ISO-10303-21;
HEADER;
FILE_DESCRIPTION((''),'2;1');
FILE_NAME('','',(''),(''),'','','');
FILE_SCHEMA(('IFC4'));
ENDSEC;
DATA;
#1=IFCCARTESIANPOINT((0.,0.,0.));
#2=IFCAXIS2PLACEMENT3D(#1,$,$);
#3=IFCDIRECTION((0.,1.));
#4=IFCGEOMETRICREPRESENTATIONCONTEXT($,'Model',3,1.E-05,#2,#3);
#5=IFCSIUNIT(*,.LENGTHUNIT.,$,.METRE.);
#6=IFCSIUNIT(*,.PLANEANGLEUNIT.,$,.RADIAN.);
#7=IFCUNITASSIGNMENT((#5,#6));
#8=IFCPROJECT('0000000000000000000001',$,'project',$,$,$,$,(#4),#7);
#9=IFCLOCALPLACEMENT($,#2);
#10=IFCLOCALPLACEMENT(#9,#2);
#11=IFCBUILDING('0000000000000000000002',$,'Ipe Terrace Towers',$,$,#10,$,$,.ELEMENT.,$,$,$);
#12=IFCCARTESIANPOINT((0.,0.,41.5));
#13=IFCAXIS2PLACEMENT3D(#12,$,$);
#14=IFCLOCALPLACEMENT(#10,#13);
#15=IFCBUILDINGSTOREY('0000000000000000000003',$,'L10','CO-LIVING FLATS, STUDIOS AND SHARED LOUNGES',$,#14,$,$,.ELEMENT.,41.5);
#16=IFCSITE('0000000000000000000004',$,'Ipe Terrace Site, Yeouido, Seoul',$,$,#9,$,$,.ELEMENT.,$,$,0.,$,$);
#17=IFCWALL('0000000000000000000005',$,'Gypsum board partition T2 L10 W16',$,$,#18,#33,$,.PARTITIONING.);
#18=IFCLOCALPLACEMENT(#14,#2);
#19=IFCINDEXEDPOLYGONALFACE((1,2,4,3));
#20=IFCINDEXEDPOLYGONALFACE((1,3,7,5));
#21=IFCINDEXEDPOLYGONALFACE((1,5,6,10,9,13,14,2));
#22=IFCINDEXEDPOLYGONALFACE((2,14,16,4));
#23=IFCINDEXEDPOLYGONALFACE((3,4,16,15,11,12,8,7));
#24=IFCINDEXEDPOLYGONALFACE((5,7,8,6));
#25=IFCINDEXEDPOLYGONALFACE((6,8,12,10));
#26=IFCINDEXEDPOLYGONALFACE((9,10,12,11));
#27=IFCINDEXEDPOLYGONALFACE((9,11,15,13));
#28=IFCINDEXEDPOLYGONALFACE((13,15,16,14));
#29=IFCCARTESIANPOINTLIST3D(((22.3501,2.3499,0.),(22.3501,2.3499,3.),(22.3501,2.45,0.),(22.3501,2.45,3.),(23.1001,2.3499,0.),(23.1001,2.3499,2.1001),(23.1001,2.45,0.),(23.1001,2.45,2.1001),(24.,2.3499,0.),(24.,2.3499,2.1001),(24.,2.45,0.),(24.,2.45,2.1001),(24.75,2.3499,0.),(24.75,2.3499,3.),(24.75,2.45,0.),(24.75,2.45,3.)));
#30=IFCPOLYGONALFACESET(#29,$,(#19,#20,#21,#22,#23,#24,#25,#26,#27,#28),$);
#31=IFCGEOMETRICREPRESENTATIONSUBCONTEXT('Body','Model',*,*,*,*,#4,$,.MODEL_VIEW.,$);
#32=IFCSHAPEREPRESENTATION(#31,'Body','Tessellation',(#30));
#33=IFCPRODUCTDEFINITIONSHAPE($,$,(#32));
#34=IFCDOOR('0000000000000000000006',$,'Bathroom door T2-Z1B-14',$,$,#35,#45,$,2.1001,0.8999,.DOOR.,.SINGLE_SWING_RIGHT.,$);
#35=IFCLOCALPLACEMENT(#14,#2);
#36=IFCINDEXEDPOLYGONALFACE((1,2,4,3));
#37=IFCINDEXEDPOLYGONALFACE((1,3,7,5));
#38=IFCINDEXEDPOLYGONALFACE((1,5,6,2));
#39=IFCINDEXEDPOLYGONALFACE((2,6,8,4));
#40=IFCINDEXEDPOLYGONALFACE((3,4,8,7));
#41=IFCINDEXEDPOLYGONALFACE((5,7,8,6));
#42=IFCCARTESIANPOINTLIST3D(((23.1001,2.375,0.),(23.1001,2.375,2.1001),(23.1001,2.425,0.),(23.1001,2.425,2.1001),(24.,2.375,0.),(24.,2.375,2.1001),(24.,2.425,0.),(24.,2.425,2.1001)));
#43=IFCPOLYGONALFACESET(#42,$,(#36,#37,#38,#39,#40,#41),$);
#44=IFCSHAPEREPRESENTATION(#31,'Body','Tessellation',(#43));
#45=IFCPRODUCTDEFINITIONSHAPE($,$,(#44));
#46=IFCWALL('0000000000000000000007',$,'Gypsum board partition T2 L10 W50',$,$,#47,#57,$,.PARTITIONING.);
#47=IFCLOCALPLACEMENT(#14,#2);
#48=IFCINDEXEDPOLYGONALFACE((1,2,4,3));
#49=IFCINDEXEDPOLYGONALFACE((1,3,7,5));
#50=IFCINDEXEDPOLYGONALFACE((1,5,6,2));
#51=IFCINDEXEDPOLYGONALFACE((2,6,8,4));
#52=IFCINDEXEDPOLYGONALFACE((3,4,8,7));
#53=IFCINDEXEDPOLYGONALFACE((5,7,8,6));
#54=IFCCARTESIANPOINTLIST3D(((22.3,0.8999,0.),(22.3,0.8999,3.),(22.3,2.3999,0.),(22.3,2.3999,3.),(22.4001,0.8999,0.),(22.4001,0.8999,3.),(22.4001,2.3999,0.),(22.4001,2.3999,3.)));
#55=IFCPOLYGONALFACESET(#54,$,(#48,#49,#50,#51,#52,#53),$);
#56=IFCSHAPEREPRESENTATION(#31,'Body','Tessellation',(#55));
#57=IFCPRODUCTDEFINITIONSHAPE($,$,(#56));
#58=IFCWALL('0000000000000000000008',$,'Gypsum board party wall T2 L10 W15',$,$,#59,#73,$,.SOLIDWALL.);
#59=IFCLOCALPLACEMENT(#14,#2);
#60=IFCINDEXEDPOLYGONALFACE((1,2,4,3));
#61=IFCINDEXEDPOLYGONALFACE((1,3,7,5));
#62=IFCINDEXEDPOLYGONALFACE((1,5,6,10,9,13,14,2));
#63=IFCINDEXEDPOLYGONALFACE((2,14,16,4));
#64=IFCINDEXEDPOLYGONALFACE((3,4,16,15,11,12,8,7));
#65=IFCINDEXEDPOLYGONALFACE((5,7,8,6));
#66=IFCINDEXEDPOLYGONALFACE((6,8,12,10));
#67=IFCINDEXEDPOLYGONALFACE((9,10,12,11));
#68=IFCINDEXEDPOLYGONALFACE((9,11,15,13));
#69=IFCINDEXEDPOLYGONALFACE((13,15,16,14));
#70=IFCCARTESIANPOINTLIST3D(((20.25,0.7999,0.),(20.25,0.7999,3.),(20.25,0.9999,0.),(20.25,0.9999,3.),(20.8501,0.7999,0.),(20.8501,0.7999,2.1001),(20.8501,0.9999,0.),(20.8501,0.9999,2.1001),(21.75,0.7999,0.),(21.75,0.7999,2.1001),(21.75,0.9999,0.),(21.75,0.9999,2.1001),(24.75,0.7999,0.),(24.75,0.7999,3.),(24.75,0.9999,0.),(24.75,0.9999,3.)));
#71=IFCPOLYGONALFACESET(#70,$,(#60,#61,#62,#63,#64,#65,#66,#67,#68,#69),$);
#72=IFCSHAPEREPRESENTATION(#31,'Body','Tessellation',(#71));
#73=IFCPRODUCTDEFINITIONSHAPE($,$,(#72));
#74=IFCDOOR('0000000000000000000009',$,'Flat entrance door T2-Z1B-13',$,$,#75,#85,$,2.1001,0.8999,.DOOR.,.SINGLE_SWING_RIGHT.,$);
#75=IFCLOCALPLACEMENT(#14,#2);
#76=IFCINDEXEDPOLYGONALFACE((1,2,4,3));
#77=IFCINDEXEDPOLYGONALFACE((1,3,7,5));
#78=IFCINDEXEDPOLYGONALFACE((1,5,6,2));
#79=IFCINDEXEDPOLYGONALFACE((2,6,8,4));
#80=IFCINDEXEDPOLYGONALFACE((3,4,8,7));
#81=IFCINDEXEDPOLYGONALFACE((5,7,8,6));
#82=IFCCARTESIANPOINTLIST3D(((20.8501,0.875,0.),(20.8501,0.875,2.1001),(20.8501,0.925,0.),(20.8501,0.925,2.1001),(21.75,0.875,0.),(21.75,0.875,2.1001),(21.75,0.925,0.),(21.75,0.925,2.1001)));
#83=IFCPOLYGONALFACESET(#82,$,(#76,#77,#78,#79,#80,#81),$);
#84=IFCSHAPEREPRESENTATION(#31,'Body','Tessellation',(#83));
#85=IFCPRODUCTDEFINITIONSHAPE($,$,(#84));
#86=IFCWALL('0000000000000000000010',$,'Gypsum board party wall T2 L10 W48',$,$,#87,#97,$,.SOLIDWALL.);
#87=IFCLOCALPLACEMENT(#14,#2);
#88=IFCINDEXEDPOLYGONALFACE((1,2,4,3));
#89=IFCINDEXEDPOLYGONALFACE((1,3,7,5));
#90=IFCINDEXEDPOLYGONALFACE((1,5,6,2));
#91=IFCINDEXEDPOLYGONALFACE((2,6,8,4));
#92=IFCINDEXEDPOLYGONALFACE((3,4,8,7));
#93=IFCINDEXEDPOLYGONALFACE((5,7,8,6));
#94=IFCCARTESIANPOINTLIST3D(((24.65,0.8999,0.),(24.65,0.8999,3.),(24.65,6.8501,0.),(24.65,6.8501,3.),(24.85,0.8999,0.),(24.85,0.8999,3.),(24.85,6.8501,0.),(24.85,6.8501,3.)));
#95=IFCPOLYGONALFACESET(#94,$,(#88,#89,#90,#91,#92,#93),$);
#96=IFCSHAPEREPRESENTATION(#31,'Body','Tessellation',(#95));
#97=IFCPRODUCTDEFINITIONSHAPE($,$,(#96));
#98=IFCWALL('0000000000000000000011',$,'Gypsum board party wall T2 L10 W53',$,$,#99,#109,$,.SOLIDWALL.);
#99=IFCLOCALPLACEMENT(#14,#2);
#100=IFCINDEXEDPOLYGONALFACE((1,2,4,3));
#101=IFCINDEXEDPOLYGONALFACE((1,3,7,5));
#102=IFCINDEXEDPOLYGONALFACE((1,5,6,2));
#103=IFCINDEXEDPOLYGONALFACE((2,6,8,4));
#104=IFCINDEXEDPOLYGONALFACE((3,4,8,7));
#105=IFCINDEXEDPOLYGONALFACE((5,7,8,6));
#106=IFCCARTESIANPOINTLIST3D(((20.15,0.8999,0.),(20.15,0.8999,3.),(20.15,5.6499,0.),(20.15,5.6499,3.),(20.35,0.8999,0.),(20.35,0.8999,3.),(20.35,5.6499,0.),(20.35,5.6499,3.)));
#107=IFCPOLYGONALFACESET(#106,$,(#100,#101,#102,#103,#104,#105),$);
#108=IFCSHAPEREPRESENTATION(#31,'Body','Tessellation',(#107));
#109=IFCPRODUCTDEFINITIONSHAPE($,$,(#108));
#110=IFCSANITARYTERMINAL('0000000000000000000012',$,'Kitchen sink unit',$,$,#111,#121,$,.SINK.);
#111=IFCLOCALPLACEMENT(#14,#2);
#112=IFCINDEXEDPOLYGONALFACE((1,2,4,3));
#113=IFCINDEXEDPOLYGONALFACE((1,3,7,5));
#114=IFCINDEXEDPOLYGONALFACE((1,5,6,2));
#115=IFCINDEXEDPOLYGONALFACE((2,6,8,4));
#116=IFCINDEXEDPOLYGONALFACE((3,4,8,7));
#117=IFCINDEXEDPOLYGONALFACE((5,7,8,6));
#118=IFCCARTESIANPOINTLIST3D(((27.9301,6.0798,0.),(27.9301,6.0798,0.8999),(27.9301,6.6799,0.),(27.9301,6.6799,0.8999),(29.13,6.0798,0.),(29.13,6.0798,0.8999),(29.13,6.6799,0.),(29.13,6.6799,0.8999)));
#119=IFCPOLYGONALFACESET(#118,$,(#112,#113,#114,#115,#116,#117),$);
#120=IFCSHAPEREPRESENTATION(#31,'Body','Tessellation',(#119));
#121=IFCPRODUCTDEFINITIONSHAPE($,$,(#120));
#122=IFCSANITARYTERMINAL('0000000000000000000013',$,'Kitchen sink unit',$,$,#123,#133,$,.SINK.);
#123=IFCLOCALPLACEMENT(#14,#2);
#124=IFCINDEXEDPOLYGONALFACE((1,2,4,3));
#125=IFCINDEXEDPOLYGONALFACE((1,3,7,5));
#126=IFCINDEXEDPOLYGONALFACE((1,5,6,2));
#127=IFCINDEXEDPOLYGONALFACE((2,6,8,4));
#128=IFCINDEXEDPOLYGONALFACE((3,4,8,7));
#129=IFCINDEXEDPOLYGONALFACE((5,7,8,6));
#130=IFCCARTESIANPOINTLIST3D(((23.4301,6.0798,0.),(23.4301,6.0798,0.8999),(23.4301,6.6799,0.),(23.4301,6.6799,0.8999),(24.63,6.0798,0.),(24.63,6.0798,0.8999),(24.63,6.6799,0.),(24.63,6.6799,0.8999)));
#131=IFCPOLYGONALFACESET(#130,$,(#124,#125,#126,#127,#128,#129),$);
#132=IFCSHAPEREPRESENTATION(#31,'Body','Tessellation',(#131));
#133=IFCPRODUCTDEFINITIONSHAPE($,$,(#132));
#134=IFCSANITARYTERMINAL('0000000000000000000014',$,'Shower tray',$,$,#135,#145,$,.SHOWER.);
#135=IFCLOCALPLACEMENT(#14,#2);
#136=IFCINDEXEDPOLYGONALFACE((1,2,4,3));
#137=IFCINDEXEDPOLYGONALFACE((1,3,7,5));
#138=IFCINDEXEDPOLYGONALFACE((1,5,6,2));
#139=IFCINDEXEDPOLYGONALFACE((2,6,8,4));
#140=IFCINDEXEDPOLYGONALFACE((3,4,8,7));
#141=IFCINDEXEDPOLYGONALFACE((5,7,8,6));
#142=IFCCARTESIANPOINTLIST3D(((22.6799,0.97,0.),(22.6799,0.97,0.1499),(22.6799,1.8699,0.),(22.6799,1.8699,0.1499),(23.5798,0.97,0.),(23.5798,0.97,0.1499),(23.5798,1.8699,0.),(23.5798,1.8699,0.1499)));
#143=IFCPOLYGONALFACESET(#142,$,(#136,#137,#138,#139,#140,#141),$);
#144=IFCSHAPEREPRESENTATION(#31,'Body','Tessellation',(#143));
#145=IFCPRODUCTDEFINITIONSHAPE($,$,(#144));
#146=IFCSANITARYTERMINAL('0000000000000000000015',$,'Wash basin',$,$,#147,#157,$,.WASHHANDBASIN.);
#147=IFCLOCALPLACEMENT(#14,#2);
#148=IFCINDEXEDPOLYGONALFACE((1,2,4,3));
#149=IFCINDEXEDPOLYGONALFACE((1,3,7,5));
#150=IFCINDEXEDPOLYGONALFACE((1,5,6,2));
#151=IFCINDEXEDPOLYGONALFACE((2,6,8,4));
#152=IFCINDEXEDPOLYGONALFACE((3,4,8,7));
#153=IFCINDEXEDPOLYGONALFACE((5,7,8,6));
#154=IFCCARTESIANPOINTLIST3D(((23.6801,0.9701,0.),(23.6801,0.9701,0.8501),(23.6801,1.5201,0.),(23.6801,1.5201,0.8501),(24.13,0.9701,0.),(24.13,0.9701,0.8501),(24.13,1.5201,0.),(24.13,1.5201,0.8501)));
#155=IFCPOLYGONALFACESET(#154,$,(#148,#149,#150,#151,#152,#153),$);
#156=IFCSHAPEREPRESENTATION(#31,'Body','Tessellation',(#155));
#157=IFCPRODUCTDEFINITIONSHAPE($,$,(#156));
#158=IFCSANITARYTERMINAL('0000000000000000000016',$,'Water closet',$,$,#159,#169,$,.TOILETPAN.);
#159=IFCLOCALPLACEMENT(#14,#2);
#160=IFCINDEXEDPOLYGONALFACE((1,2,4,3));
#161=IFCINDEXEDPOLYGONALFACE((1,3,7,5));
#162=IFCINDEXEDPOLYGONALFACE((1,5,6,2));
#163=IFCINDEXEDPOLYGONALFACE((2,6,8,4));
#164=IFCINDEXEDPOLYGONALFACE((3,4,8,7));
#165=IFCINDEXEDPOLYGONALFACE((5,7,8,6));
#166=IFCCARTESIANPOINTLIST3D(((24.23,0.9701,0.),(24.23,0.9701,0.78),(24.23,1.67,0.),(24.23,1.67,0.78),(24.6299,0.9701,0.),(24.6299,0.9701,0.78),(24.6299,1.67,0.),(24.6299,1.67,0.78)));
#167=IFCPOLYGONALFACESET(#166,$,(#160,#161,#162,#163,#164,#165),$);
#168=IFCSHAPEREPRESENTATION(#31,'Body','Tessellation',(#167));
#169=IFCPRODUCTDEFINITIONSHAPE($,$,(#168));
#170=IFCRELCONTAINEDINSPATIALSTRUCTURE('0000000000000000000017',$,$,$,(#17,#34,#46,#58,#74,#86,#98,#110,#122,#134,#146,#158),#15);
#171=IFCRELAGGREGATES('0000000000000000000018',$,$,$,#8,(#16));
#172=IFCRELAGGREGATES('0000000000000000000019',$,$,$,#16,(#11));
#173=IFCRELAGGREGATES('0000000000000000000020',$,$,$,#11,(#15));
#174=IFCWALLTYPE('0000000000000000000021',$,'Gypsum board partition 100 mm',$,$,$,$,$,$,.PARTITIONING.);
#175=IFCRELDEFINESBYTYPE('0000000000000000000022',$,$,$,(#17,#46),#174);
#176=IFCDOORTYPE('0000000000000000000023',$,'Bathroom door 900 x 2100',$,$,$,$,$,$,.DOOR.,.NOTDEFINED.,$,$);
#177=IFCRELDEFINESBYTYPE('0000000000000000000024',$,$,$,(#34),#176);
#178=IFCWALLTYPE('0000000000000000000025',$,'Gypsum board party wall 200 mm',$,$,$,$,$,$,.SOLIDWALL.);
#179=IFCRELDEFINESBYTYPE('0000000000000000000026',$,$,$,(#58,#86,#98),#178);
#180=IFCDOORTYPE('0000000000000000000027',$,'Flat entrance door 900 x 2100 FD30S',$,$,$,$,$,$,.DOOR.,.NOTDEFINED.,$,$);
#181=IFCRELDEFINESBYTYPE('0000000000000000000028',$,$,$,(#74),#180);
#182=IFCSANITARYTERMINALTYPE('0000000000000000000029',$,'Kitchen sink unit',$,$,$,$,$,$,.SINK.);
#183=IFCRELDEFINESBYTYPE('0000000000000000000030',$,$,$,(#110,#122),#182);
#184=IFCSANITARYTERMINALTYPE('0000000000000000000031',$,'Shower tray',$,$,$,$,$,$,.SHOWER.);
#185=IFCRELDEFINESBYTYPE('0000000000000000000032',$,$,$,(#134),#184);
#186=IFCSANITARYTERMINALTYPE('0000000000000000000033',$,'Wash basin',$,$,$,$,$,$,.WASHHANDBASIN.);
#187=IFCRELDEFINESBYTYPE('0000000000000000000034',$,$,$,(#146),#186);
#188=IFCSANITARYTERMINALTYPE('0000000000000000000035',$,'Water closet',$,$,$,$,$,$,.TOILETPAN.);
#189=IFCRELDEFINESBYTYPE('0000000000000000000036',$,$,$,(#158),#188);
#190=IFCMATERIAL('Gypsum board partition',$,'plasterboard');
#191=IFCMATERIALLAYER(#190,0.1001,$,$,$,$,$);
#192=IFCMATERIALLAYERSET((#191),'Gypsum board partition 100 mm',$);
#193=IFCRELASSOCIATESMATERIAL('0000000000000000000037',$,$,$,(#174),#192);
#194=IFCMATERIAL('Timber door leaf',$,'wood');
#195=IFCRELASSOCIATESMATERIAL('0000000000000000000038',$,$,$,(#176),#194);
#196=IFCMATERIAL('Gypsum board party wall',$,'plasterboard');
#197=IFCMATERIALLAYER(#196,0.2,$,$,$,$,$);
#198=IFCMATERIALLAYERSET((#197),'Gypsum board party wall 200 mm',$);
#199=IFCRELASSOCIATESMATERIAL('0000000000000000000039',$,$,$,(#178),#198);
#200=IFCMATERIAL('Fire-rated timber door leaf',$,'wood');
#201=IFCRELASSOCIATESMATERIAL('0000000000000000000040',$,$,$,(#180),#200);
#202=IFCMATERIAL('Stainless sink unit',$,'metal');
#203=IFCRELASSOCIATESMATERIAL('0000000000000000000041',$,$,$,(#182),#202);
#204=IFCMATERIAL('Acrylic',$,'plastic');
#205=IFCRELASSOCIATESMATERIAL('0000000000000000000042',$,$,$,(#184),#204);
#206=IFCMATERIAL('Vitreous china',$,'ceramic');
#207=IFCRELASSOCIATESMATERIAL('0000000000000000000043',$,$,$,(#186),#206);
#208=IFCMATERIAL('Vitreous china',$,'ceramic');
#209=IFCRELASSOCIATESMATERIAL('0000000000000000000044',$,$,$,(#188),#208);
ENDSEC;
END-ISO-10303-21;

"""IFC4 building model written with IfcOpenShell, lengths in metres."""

from ifc_helpers import new_model, si_unit, direction, frame, frame_2d, origin, origin_2d, place, context, subcontext, project, spatial, rectangle, extrude, material, layer, layer_set, type_object, element, fill, save


model = new_model("IFC4")

# Units and contexts
model_context = context("Model", 3, precision=1e-05, world=origin(), true_north=direction((0.0, 1.0)))
body_context = subcontext(model_context, "Body", "Model", "MODEL_VIEW")
ifc_project = project(units=[si_unit("LENGTHUNIT", "METRE"), si_unit("PLANEANGLEUNIT", "RADIAN")], contexts=[model_context])

# Site, building, storey
site_placement = place(None, origin())
site = spatial("IfcSite", under=ifc_project, at=site_placement, Name="Ipe Terrace Site, Yeouido, Seoul", CompositionType="ELEMENT", RefElevation=0.0)
building_placement = place(site_placement, origin())
building = spatial("IfcBuilding", under=site, at=building_placement, Name="Ipe Terrace Towers", CompositionType="ELEMENT")
storey_placement = place(building_placement, frame((0.0, 0.0, 41.5)))
storey = spatial("IfcBuildingStorey", under=building, at=storey_placement, Name="L10", Description="CO-LIVING FLATS, STUDIOS AND SHARED LOUNGES", CompositionType="ELEMENT", Elevation=41.5)

# Wall, opening, door
ifc_material_1 = material(Name="Gypsum board partition", Category="plasterboard")
ifc_layer_1 = layer(ifc_material_1, 0.1001)
ifc_layer_set_1 = layer_set([ifc_layer_1], Name="Gypsum board partition 100 mm")
wall_type_1 = type_object("IfcWallType", Name="Gypsum board partition 100 mm", PredefinedType="PARTITIONING", material=ifc_layer_set_1)
wall_1_placement = place(storey_placement, frame((24.75, 2.3999, 0.0), z_axis=(0.0, 0.0, 1.0), x_axis=(-1.0, 0.0, 0.0)))
wall_1 = element("IfcWall", 1, at=wall_1_placement, inside=storey, type_object=wall_type_1, Name="Gypsum board partition T2 L10 W16", PredefinedType="PARTITIONING", context=body_context, shape_type="SweptSolid", body=[
    extrude(rectangle(XDim=2.3999, YDim=0.1001, at=frame_2d((1.2, 0.0))), origin(), (0.0, 0.0, 1.0), 3.0),
])
opening_1_placement = place(wall_1_placement, frame((0.75, 0.0, 0.0)))
opening_1 = element("IfcOpeningElement", 2, at=opening_1_placement, cuts=wall_1, PredefinedType="OPENING", context=body_context, shape_type="SweptSolid", body=[
    extrude(rectangle(XDim=0.8999, YDim=2.1001, at=frame_2d((0.45, 1.05))), frame((0.0, 0.0601, 0.0), z_axis=(0.0, -1.0, 0.0), x_axis=(1.0, 0.0, 0.0)), (0.0, 0.0, 1.0), 0.1201),
])
ifc_material_2 = material(Name="Timber door leaf", Category="wood")
door_type_1 = type_object("IfcDoorType", Name="Bathroom door 900 x 2100", OperationType="NOTDEFINED", PredefinedType="DOOR", material=ifc_material_2)
door_1_placement = place(opening_1_placement, origin())
door_1 = element("IfcDoor", 3, at=door_1_placement, inside=storey, type_object=door_type_1, Name="Bathroom door T2-Z1B-14", OperationType="SINGLE_SWING_RIGHT", OverallHeight=2.1001, OverallWidth=0.8999, PredefinedType="DOOR", context=body_context, shape_type="SweptSolid", body=[
    extrude(rectangle(XDim=0.8999, YDim=2.1001, at=frame_2d((0.45, 1.05))), frame((0.0, 0.0249, 0.0), z_axis=(0.0, -1.0, 0.0), x_axis=(1.0, 0.0, 0.0)), (0.0, 0.0, 1.0), 0.05),
])
fill(opening_1, door_1)

# Wall
wall_2_placement = place(storey_placement, frame((22.3501, 0.8999, 0.0), z_axis=(0.0, 0.0, 1.0), x_axis=(0.0, 1.0, 0.0)))
element("IfcWall", 4, at=wall_2_placement, inside=storey, type_object=wall_type_1, Name="Gypsum board partition T2 L10 W50", PredefinedType="PARTITIONING", context=body_context, shape_type="SweptSolid", body=[
    extrude(rectangle(XDim=1.5, YDim=0.1001, at=frame_2d((0.75, 0.0))), origin(), (0.0, 0.0, 1.0), 3.0),
])

# Wall, opening, door
ifc_material_3 = material(Name="Gypsum board party wall", Category="plasterboard")
ifc_layer_2 = layer(ifc_material_3, 0.2)
ifc_layer_set_2 = layer_set([ifc_layer_2], Name="Gypsum board party wall 200 mm")
wall_type_2 = type_object("IfcWallType", Name="Gypsum board party wall 200 mm", PredefinedType="SOLIDWALL", material=ifc_layer_set_2)
wall_3_placement = place(storey_placement, frame((24.75, 0.8999, 0.0), z_axis=(0.0, 0.0, 1.0), x_axis=(-1.0, 0.0, 0.0)))
wall_3 = element("IfcWall", 5, at=wall_3_placement, inside=storey, type_object=wall_type_2, Name="Gypsum board party wall T2 L10 W15", PredefinedType="SOLIDWALL", context=body_context, shape_type="SweptSolid", body=[
    extrude(rectangle(XDim=4.5, YDim=0.2, at=frame_2d((2.25, 0.0))), origin(), (0.0, 0.0, 1.0), 3.0),
])
opening_2_placement = place(wall_3_placement, frame((3.0, 0.0, 0.0)))
opening_2 = element("IfcOpeningElement", 6, at=opening_2_placement, cuts=wall_3, PredefinedType="OPENING", context=body_context, shape_type="SweptSolid", body=[
    extrude(rectangle(XDim=0.8999, YDim=2.1001, at=frame_2d((0.45, 1.05))), frame((0.0, 0.1099, 0.0), z_axis=(0.0, -1.0, 0.0), x_axis=(1.0, 0.0, 0.0)), (0.0, 0.0, 1.0), 0.22),
])
ifc_material_4 = material(Name="Fire-rated timber door leaf", Category="wood")
door_type_2 = type_object("IfcDoorType", Name="Flat entrance door 900 x 2100 FD30S", OperationType="NOTDEFINED", PredefinedType="DOOR", material=ifc_material_4)
door_2_placement = place(opening_2_placement, origin())
door_2 = element("IfcDoor", 7, at=door_2_placement, inside=storey, type_object=door_type_2, Name="Flat entrance door T2-Z1B-13", OperationType="SINGLE_SWING_RIGHT", OverallHeight=2.1001, OverallWidth=0.8999, PredefinedType="DOOR", context=body_context, shape_type="SweptSolid", body=[
    extrude(rectangle(XDim=0.8999, YDim=2.1001, at=frame_2d((0.45, 1.05))), frame((0.0, 0.0249, 0.0), z_axis=(0.0, -1.0, 0.0), x_axis=(1.0, 0.0, 0.0)), (0.0, 0.0, 1.0), 0.05),
])
fill(opening_2, door_2)

# Walls
wall_4_placement = place(storey_placement, frame((24.75, 0.8999, 0.0), z_axis=(0.0, 0.0, 1.0), x_axis=(0.0, 1.0, 0.0)))
element("IfcWall", 8, at=wall_4_placement, inside=storey, type_object=wall_type_2, Name="Gypsum board party wall T2 L10 W48", PredefinedType="SOLIDWALL", context=body_context, shape_type="SweptSolid", body=[
    extrude(rectangle(XDim=5.9502, YDim=0.2, at=frame_2d((2.9751, 0.0))), origin(), (0.0, 0.0, 1.0), 3.0),
])
wall_5_placement = place(storey_placement, frame((20.25, 0.8999, 0.0), z_axis=(0.0, 0.0, 1.0), x_axis=(0.0, 1.0, 0.0)))
element("IfcWall", 9, at=wall_5_placement, inside=storey, type_object=wall_type_2, Name="Gypsum board party wall T2 L10 W53", PredefinedType="SOLIDWALL", context=body_context, shape_type="SweptSolid", body=[
    extrude(rectangle(XDim=4.75, YDim=0.2, at=frame_2d((2.375, 0.0))), origin(), (0.0, 0.0, 1.0), 3.0),
])

# Sanitary terminals
ifc_material_5 = material(Name="Stainless sink unit", Category="metal")
sanitary_terminal_type_1 = type_object("IfcSanitaryTerminalType", Name="Kitchen sink unit", PredefinedType="SINK", material=ifc_material_5)
for number, where, z_axis, x_axis, name in (
    (10, (28.53, 6.3799, 0.0), (0.0, 0.0, 1.0), (1.0, 0.0, 0.0), "Kitchen sink unit"),
    (11, (24.03, 6.3799, 0.0), (0.0, 0.0, 1.0), (1.0, 0.0, 0.0), "Kitchen sink unit"),
):
    element("IfcSanitaryTerminal", number, at=place(storey_placement, frame(where, z_axis=z_axis, x_axis=x_axis)), inside=storey, type_object=sanitary_terminal_type_1, Name=name, PredefinedType="SINK", context=body_context, shape_type="SweptSolid", body=[
        extrude(rectangle(XDim=1.2, YDim=0.6001, at=origin_2d()), origin(), (0.0, 0.0, 1.0), 0.8999),
    ])
ifc_material_6 = material(Name="Acrylic", Category="plastic")
sanitary_terminal_type_2 = type_object("IfcSanitaryTerminalType", Name="Shower tray", PredefinedType="SHOWER", material=ifc_material_6)
sanitary_terminal_1_placement = place(storey_placement, frame((23.1299, 1.4199, 0.0), z_axis=(0.0, 0.0, 1.0), x_axis=(0.0, 1.0, 0.0)))
element("IfcSanitaryTerminal", 12, at=sanitary_terminal_1_placement, inside=storey, type_object=sanitary_terminal_type_2, Name="Shower tray", PredefinedType="SHOWER", context=body_context, shape_type="SweptSolid", body=[
    extrude(rectangle(XDim=0.8999, YDim=0.8999, at=origin_2d()), origin(), (0.0, 0.0, 1.0), 0.1499),
])
ifc_material_7 = material(Name="Vitreous china", Category="ceramic")
sanitary_terminal_type_3 = type_object("IfcSanitaryTerminalType", Name="Wash basin", PredefinedType="WASHHANDBASIN", material=ifc_material_7)
sanitary_terminal_2_placement = place(storey_placement, frame((23.905, 1.2451, 0.0), z_axis=(0.0, 0.0, 1.0), x_axis=(0.0, 1.0, 0.0)))
element("IfcSanitaryTerminal", 13, at=sanitary_terminal_2_placement, inside=storey, type_object=sanitary_terminal_type_3, Name="Wash basin", PredefinedType="WASHHANDBASIN", context=body_context, shape_type="SweptSolid", body=[
    extrude(rectangle(XDim=0.55, YDim=0.45, at=origin_2d()), origin(), (0.0, 0.0, 1.0), 0.8501),
])
ifc_material_8 = material(Name="Vitreous china", Category="ceramic")
sanitary_terminal_type_4 = type_object("IfcSanitaryTerminalType", Name="Water closet", PredefinedType="TOILETPAN", material=ifc_material_8)
sanitary_terminal_3_placement = place(storey_placement, frame((24.4299, 1.3201, 0.0), z_axis=(0.0, 0.0, 1.0), x_axis=(0.0, 1.0, 0.0)))
element("IfcSanitaryTerminal", 14, at=sanitary_terminal_3_placement, inside=storey, type_object=sanitary_terminal_type_4, Name="Water closet", PredefinedType="TOILETPAN", context=body_context, shape_type="SweptSolid", body=[
    extrude(rectangle(XDim=0.7, YDim=0.3999, at=origin_2d()), origin(), (0.0, 0.0, 1.0), 0.78),
])

save(model, "model.ifc")
